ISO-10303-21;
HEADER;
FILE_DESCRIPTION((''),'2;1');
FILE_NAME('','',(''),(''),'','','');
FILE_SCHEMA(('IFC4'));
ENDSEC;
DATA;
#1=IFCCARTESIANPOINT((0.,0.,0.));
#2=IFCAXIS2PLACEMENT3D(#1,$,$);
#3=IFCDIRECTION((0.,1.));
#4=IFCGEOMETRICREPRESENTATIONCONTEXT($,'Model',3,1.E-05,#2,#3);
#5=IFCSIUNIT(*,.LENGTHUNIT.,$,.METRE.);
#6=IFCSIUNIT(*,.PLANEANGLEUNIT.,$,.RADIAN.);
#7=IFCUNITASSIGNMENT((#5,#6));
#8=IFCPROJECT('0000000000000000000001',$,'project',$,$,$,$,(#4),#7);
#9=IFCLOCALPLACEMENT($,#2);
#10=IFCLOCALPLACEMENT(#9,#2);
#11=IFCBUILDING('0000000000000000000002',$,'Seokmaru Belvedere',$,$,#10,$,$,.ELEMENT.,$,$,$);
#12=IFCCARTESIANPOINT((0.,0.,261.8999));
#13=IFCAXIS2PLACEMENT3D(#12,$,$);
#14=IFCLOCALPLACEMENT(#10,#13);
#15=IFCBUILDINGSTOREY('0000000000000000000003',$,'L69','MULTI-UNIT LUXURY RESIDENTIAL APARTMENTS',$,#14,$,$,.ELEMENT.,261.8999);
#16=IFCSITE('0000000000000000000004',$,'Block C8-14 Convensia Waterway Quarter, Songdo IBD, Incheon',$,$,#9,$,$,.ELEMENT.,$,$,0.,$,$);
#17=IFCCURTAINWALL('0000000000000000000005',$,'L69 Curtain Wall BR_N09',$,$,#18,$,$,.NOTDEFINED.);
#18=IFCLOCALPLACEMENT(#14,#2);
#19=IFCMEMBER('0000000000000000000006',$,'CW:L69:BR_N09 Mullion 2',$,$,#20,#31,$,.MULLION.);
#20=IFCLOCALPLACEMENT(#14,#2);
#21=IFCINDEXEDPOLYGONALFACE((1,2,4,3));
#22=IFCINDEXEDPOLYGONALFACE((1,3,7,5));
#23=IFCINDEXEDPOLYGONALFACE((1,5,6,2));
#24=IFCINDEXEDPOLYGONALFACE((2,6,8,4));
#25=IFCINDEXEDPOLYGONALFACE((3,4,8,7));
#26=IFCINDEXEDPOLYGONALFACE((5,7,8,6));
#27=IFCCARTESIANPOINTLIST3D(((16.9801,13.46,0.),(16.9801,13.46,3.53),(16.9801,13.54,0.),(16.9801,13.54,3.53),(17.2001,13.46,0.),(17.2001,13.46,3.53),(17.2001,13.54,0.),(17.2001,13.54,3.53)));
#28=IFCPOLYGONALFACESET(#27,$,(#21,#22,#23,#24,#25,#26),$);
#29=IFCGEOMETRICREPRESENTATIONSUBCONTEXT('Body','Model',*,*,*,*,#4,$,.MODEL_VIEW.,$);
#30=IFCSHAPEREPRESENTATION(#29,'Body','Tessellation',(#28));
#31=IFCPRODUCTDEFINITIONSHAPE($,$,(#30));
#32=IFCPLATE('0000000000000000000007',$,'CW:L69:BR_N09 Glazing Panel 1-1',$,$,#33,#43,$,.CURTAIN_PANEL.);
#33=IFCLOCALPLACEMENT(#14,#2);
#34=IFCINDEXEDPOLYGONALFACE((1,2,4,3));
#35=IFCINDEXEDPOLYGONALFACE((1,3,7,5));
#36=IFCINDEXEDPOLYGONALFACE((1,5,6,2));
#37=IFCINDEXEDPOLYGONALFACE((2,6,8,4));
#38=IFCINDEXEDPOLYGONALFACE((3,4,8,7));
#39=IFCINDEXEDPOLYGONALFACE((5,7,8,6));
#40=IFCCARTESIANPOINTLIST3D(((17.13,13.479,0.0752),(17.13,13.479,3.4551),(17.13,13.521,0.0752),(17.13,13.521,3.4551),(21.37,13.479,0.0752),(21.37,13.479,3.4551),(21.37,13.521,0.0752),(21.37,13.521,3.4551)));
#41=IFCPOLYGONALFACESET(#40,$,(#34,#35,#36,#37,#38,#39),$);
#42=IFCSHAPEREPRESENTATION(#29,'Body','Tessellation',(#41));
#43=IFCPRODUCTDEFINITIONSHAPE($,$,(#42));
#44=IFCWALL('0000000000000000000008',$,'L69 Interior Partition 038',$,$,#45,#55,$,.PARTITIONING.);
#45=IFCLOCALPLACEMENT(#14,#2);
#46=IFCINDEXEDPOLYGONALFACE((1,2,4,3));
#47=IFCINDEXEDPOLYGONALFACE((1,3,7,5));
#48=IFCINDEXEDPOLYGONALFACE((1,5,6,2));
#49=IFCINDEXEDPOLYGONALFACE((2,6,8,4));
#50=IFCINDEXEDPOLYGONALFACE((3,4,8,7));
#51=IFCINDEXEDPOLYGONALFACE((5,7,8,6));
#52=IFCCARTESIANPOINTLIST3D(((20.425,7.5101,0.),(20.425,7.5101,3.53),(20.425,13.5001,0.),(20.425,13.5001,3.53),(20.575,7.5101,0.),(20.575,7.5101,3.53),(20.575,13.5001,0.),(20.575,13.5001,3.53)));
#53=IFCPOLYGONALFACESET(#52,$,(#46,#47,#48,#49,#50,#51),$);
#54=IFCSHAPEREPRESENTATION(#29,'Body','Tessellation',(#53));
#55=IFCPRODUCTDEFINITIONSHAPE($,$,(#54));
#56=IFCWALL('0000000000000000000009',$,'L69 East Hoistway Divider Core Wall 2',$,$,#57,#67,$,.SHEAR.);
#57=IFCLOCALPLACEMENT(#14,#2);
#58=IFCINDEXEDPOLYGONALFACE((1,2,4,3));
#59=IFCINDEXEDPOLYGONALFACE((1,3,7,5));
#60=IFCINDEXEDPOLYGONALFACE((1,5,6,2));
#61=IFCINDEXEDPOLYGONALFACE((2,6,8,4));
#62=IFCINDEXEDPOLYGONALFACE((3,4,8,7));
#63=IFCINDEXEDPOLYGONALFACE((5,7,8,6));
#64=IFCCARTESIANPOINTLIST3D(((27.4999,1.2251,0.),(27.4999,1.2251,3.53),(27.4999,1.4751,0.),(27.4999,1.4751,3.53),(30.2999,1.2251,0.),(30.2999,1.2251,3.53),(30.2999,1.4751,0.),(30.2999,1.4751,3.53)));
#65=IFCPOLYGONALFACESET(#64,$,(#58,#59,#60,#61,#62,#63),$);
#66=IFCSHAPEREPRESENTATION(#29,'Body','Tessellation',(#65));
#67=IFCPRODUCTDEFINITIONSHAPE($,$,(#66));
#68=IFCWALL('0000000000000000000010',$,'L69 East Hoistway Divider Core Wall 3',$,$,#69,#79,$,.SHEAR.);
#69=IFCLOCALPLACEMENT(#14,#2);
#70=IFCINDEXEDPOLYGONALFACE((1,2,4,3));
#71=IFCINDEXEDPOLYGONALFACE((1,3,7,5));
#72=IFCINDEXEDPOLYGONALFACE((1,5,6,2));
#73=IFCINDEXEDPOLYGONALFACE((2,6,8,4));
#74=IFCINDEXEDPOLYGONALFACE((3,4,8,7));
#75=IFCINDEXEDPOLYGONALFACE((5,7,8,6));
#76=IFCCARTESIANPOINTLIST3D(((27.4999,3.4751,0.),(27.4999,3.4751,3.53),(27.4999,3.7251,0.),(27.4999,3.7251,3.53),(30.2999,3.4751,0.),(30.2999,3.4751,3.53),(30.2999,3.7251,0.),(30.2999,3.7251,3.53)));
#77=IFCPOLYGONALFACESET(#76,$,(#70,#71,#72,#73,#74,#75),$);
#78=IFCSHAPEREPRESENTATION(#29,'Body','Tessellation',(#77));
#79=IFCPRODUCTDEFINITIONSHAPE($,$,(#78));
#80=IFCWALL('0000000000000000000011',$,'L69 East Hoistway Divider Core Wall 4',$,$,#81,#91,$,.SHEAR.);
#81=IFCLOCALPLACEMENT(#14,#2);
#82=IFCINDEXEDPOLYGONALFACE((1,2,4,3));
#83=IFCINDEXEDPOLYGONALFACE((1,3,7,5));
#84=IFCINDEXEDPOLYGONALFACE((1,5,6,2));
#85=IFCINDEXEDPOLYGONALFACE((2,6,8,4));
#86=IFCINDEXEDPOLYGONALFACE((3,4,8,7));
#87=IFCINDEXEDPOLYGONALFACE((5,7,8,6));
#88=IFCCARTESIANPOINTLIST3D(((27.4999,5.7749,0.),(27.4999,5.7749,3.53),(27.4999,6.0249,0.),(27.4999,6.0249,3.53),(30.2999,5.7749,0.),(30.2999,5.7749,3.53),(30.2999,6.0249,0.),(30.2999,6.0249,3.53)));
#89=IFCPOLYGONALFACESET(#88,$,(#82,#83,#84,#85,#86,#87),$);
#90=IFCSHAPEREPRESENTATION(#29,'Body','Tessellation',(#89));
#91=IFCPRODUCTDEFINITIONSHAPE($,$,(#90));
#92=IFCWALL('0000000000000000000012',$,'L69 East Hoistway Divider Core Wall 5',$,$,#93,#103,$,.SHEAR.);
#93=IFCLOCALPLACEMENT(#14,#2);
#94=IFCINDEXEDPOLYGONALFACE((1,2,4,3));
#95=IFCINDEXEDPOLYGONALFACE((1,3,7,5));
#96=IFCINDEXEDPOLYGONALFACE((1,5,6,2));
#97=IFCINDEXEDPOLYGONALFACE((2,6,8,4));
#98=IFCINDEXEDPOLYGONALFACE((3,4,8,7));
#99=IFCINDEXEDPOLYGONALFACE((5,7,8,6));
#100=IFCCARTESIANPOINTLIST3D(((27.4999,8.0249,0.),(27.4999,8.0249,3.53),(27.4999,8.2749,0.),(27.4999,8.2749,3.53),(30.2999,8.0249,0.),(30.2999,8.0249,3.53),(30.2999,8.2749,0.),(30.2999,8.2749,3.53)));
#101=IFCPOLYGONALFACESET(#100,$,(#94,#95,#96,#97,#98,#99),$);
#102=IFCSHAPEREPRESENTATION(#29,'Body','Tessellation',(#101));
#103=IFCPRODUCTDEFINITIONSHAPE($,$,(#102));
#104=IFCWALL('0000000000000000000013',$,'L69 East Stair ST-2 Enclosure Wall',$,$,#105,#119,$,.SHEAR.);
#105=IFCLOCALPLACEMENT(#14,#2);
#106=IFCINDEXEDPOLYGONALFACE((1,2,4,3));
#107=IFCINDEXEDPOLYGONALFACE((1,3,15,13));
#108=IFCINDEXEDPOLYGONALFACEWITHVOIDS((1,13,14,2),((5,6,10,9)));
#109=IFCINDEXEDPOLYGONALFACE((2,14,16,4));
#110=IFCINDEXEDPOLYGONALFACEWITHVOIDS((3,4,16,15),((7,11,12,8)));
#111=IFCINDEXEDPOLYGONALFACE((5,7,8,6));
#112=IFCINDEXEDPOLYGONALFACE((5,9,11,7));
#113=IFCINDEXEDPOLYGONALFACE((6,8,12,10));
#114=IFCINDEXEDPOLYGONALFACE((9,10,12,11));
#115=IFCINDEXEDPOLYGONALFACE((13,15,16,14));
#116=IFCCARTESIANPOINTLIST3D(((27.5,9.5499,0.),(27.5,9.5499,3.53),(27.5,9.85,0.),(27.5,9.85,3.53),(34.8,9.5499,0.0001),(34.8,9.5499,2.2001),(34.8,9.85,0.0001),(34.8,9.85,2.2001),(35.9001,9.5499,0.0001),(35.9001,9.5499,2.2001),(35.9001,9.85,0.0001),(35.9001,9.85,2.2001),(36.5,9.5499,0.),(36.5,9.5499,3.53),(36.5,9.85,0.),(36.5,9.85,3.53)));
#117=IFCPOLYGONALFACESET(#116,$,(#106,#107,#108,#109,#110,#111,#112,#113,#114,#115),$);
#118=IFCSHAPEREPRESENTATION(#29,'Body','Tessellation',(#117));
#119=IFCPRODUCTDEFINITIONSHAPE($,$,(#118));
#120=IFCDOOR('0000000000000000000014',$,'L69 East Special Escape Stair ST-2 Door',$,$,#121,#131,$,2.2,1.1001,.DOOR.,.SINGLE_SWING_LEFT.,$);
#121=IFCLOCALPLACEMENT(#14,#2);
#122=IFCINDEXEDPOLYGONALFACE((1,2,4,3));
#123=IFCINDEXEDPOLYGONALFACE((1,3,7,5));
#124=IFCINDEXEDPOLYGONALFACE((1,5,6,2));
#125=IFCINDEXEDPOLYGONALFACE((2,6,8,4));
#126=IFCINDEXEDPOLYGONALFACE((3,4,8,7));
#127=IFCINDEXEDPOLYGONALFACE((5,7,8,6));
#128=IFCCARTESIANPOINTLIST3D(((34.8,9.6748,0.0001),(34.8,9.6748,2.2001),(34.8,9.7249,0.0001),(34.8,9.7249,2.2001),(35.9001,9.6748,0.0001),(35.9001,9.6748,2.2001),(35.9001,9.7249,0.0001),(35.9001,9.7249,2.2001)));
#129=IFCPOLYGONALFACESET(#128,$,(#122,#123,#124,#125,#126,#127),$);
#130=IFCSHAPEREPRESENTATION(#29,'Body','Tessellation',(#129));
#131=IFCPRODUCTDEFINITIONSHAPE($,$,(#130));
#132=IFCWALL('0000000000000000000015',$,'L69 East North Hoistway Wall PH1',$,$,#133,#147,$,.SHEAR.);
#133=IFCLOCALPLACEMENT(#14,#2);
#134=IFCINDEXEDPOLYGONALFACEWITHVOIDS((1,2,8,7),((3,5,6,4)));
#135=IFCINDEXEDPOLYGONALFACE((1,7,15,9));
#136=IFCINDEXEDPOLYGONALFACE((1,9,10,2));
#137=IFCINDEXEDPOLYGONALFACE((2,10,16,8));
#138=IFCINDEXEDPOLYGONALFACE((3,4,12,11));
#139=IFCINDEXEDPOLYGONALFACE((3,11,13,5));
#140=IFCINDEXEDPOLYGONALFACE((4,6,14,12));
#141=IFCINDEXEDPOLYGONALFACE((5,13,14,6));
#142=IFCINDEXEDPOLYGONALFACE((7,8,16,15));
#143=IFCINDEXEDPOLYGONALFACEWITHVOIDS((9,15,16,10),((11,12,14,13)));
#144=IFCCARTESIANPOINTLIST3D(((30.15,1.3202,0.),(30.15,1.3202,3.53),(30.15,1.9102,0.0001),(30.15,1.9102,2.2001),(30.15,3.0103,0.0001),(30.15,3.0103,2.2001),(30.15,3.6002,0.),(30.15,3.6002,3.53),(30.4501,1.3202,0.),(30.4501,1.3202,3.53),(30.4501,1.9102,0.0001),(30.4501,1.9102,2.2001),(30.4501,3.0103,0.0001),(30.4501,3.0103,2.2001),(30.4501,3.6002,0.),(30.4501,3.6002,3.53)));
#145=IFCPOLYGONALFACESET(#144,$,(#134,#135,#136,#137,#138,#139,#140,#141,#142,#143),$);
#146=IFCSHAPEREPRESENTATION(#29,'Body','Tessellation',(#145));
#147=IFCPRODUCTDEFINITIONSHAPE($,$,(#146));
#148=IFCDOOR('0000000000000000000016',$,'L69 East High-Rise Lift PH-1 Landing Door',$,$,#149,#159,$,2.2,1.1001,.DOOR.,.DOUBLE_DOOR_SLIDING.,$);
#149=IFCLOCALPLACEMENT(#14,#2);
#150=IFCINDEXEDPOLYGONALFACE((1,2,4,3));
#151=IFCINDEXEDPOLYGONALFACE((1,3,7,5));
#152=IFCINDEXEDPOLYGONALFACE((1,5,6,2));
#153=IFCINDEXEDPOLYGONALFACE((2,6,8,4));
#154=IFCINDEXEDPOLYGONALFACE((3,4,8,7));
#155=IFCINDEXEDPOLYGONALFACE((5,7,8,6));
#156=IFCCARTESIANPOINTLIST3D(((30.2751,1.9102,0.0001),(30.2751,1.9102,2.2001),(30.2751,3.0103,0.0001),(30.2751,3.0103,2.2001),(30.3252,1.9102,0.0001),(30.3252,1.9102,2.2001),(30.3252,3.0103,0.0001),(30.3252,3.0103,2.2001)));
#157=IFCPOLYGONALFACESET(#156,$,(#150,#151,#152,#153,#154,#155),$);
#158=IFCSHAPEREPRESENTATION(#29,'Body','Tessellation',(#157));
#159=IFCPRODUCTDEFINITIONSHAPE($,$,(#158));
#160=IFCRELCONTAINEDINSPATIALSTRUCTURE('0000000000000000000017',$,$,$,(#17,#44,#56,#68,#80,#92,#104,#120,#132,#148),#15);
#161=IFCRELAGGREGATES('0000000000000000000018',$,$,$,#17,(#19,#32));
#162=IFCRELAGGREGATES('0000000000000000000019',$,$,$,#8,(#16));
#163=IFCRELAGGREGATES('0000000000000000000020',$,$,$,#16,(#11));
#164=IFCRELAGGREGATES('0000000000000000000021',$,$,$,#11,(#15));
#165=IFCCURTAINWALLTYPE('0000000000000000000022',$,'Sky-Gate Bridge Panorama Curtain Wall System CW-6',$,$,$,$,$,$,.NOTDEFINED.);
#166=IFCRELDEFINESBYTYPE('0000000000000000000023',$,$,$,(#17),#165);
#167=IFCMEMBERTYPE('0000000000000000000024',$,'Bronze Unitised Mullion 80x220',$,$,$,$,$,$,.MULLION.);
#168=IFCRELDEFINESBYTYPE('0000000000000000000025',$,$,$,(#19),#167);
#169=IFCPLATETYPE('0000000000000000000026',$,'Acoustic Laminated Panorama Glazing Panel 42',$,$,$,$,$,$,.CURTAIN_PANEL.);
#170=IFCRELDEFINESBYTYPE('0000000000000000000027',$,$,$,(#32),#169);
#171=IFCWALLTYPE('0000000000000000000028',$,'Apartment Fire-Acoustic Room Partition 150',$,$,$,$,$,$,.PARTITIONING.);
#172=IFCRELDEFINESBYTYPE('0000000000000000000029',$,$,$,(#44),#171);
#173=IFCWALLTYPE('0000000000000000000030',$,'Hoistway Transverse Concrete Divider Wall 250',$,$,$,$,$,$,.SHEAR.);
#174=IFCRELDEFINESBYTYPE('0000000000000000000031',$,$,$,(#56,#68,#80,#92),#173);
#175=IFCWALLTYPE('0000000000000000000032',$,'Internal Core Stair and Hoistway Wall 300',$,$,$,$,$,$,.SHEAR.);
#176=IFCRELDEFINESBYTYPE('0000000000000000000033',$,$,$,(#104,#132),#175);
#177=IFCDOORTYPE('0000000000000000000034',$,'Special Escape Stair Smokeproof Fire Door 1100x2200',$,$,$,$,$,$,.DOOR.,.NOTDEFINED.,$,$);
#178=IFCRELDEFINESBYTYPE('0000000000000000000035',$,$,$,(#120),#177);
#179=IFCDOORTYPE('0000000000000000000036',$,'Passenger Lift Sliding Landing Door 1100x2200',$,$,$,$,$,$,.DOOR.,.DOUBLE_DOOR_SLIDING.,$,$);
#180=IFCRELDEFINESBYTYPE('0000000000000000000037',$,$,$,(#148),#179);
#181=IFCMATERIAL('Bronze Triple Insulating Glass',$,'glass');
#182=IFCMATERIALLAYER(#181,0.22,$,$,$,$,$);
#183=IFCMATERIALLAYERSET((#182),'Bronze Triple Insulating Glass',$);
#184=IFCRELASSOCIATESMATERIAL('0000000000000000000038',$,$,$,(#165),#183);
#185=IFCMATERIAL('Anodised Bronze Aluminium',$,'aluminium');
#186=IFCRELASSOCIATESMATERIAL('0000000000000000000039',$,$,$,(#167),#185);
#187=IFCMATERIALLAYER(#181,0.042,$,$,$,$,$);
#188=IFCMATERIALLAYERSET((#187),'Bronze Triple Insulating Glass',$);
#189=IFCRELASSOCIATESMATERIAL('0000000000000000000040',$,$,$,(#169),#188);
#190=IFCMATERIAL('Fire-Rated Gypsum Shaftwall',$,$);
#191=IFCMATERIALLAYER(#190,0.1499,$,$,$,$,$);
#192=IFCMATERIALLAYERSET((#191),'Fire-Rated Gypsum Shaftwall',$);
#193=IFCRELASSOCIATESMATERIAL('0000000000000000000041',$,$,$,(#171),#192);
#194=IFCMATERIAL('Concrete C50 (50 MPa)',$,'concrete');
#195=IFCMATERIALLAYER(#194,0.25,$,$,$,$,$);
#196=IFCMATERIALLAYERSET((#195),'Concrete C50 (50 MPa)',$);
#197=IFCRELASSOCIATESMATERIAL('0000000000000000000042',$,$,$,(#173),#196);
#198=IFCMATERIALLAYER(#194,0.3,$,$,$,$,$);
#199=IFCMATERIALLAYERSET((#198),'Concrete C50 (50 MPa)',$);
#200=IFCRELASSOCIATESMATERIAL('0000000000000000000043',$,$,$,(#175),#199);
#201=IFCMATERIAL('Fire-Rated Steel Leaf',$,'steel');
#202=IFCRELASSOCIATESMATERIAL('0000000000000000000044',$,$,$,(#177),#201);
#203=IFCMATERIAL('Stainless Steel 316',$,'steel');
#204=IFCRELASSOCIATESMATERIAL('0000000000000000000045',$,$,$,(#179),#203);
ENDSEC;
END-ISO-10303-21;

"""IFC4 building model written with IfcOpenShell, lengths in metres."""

from ifc_helpers import new_model, si_unit, direction, frame, frame_2d, origin, origin_2d, place, context, subcontext, project, spatial, rectangle, extrude, source, transform, mapped, material, layer, layer_set, material_profile, profile_set, type_object, type_shapes, element, fill, aggregate, save


model = new_model("IFC4")

# Units and contexts
model_context = context("Model", 3, precision=1e-05, world=origin(), true_north=direction((0.0, 1.0)))
body_context = subcontext(model_context, "Body", "Model", "MODEL_VIEW")
ifc_project = project(units=[si_unit("LENGTHUNIT", "METRE"), si_unit("PLANEANGLEUNIT", "RADIAN")], contexts=[model_context])

# Site, building, storey
site_placement = place(None, origin())
site = spatial("IfcSite", under=ifc_project, at=site_placement, Name="Block C8-14 Convensia Waterway Quarter, Songdo IBD, Incheon", CompositionType="ELEMENT", RefElevation=0.0)
building_placement = place(site_placement, origin())
building = spatial("IfcBuilding", under=site, at=building_placement, Name="Seokmaru Belvedere", CompositionType="ELEMENT")
storey_placement = place(building_placement, frame((0.0, 0.0, 261.8999)))
storey = spatial("IfcBuildingStorey", under=building, at=storey_placement, Name="L69", Description="MULTI-UNIT LUXURY RESIDENTIAL APARTMENTS", CompositionType="ELEMENT", Elevation=261.8999)

# Curtain wall, member, plate
ifc_material_1 = material(Name="Bronze Triple Insulating Glass", Category="glass")
ifc_layer_1 = layer(ifc_material_1, 0.22)
ifc_layer_set_1 = layer_set([ifc_layer_1], Name="Bronze Triple Insulating Glass")
curtain_wall_type = type_object("IfcCurtainWallType", Name="Sky-Gate Bridge Panorama Curtain Wall System CW-6", PredefinedType="NOTDEFINED", material=ifc_layer_set_1)
curtain_wall_placement = place(storey_placement, origin())
curtain_wall = element("IfcCurtainWall", 1, at=curtain_wall_placement, inside=storey, type_object=curtain_wall_type, Name="L69 Curtain Wall BR_N09", PredefinedType="NOTDEFINED")
ifc_material_2 = material(Name="Anodised Bronze Aluminium", Category="aluminium")
ifc_material_profile_1 = material_profile(ifc_material_2, rectangle(XDim=0.0801, YDim=0.22, at=origin_2d()), Name="CW-M-80x220")
ifc_profile_set_1 = profile_set([ifc_material_profile_1], Name="Anodised Bronze Aluminium")
member_type_1 = type_object("IfcMemberType", Name="Bronze Unitised Mullion 80x220", PredefinedType="MULLION", material=ifc_profile_set_1)
shared_shape_1 = source(origin(), body_context, "Body", "SweptSolid", [
    extrude(rectangle(XDim=0.0801, YDim=0.22, at=origin_2d()), origin(), (0.0, 0.0, 1.0), 3.53),
])
type_shapes(member_type_1, [shared_shape_1])
member_1_placement = place(storey_placement, frame((17.0901, 13.5, 0.0), z_axis=(0.0, 0.0, 1.0), x_axis=(0.0, -1.0, 0.0)))
member_1 = element("IfcMember", 2, at=member_1_placement, type_object=member_type_1, Name="CW:L69:BR_N09 Mullion 2", PredefinedType="MULLION", context=body_context, shape_type="MappedRepresentation", body=[
    mapped(shared_shape_1, transform((0.0, 0.0, 0.0), scale=1.0)),
])
ifc_layer_2 = layer(ifc_material_1, 0.042)
ifc_layer_set_2 = layer_set([ifc_layer_2], Name="Bronze Triple Insulating Glass")
plate_type = type_object("IfcPlateType", Name="Acoustic Laminated Panorama Glazing Panel 42", PredefinedType="CURTAIN_PANEL", material=ifc_layer_set_2)
shared_shape_2 = source(origin(), body_context, "Body", "SweptSolid", [
    extrude(rectangle(XDim=4.24, YDim=0.042, at=origin_2d()), origin(), (0.0, 0.0, 1.0), 3.3799),
])
type_shapes(plate_type, [shared_shape_2])
plate_placement = place(storey_placement, frame((19.25, 13.5, 0.0752), z_axis=(0.0, 0.0, 1.0), x_axis=(-1.0, 0.0, 0.0)))
plate = element("IfcPlate", 3, at=plate_placement, type_object=plate_type, Name="CW:L69:BR_N09 Glazing Panel 1-1", PredefinedType="CURTAIN_PANEL", context=body_context, shape_type="MappedRepresentation", body=[
    mapped(shared_shape_2, transform((0.0, 0.0, 0.0), scale=1.0)),
])
aggregate(curtain_wall, [member_1, plate])

# Walls
ifc_material_3 = material(Name="Fire-Rated Gypsum Shaftwall")
ifc_layer_3 = layer(ifc_material_3, 0.1499)
ifc_layer_set_3 = layer_set([ifc_layer_3], Name="Fire-Rated Gypsum Shaftwall")
wall_type_1 = type_object("IfcWallType", Name="Apartment Fire-Acoustic Room Partition 150", PredefinedType="PARTITIONING", material=ifc_layer_set_3)
wall_1_placement = place(storey_placement, frame((20.5, 7.51, 0.0), z_axis=(0.0, 0.0, 1.0), x_axis=(0.0, 1.0, 0.0)))
element("IfcWall", 4, at=wall_1_placement, inside=storey, type_object=wall_type_1, Name="L69 Interior Partition 038", PredefinedType="PARTITIONING", context=body_context, shape_type="SweptSolid", body=[
    extrude(rectangle(XDim=5.99, YDim=0.1499, at=frame_2d((2.9951, 0.0))), origin(), (0.0, 0.0, 1.0), 3.53),
])
ifc_material_4 = material(Name="Concrete C50 (50 MPa)", Category="concrete")
ifc_layer_4 = layer(ifc_material_4, 0.25)
ifc_layer_set_4 = layer_set([ifc_layer_4], Name="Concrete C50 (50 MPa)")
wall_type_2 = type_object("IfcWallType", Name="Hoistway Transverse Concrete Divider Wall 250", PredefinedType="SHEAR", material=ifc_layer_set_4)
for number, where, z_axis, x_axis, name in (
    (5, (27.5, 1.3501, 0.0), (0.0, 0.0, 1.0), (1.0, 0.0, 0.0), "L69 East Hoistway Divider Core Wall 2"),
    (6, (27.5, 3.6001, 0.0), (0.0, 0.0, 1.0), (1.0, 0.0, 0.0), "L69 East Hoistway Divider Core Wall 3"),
    (7, (27.5, 5.8999, 0.0), (0.0, 0.0, 1.0), (1.0, 0.0, 0.0), "L69 East Hoistway Divider Core Wall 4"),
    (8, (27.5, 8.1499, 0.0), (0.0, 0.0, 1.0), (1.0, 0.0, 0.0), "L69 East Hoistway Divider Core Wall 5"),
):
    element("IfcWall", number, at=place(storey_placement, frame(where, z_axis=z_axis, x_axis=x_axis)), inside=storey, type_object=wall_type_2, Name=name, PredefinedType="SHEAR", context=body_context, shape_type="SweptSolid", body=[
        extrude(rectangle(XDim=2.8, YDim=0.25, at=frame_2d((1.3999, 0.0))), origin(), (0.0, 0.0, 1.0), 3.53),
    ])

# Walls, openings, doors
ifc_layer_5 = layer(ifc_material_4, 0.3)
ifc_layer_set_5 = layer_set([ifc_layer_5], Name="Concrete C50 (50 MPa)")
wall_type_3 = type_object("IfcWallType", Name="Internal Core Stair and Hoistway Wall 300", PredefinedType="SHEAR", material=ifc_layer_set_5)
wall_2_placement = place(storey_placement, frame((27.5, 9.7, 0.0), z_axis=(0.0, 0.0, 1.0), x_axis=(1.0, 0.0, 0.0)))
wall_2 = element("IfcWall", 9, at=wall_2_placement, inside=storey, type_object=wall_type_3, Name="L69 East Stair ST-2 Enclosure Wall", PredefinedType="SHEAR", context=body_context, shape_type="SweptSolid", body=[
    extrude(rectangle(XDim=9.0, YDim=0.3, at=frame_2d((4.5, 0.0))), origin(), (0.0, 0.0, 1.0), 3.53),
])
opening_1_placement = place(wall_2_placement, frame((7.3, 0.0, 0.0)))
opening_1 = element("IfcOpeningElement", 10, at=opening_1_placement, cuts=wall_2, PredefinedType="OPENING", context=body_context, shape_type="SweptSolid", body=[
    extrude(rectangle(XDim=1.1001, YDim=2.2, at=frame_2d((0.55, 1.1001))), frame((0.0, 0.1602, 0.0), z_axis=(0.0, -1.0, 0.0), x_axis=(1.0, 0.0, 0.0)), (0.0, 0.0, 1.0), 0.3201),
])
ifc_material_5 = material(Name="Fire-Rated Steel Leaf", Category="steel")
door_type_1 = type_object("IfcDoorType", Name="Special Escape Stair Smokeproof Fire Door 1100x2200", OperationType="NOTDEFINED", PredefinedType="DOOR", material=ifc_material_5)
shared_shape_3 = source(origin(), body_context, "Body", "SweptSolid", [
    extrude(rectangle(XDim=1.1001, YDim=2.2, at=frame_2d((0.55, 1.1001))), frame((0.0, 0.0249, 0.0), z_axis=(0.0, -1.0, 0.0), x_axis=(1.0, 0.0, 0.0)), (0.0, 0.0, 1.0), 0.05),
])
type_shapes(door_type_1, [shared_shape_3])
door_1_placement = place(opening_1_placement, origin())
door_1 = element("IfcDoor", 11, at=door_1_placement, inside=storey, type_object=door_type_1, Name="L69 East Special Escape Stair ST-2 Door", OperationType="SINGLE_SWING_LEFT", OverallHeight=2.2, OverallWidth=1.1001, PredefinedType="DOOR", context=body_context, shape_type="MappedRepresentation", body=[
    mapped(shared_shape_3, transform((0.0, 0.0, 0.0), scale=1.0)),
])
fill(opening_1, door_1)
wall_3_placement = place(storey_placement, frame((30.3, 1.3201, 0.0), z_axis=(0.0, 0.0, 1.0), x_axis=(0.0, 1.0, 0.0)))
wall_3 = element("IfcWall", 12, at=wall_3_placement, inside=storey, type_object=wall_type_3, Name="L69 East North Hoistway Wall PH1", PredefinedType="SHEAR", context=body_context, shape_type="SweptSolid", body=[
    extrude(rectangle(XDim=2.28, YDim=0.3, at=frame_2d((1.1401, 0.0))), origin(), (0.0, 0.0, 1.0), 3.53),
])
opening_2_placement = place(wall_3_placement, frame((0.5901, 0.0, 0.0)))
opening_2 = element("IfcOpeningElement", 13, at=opening_2_placement, cuts=wall_3, PredefinedType="OPENING", context=body_context, shape_type="SweptSolid", body=[
    extrude(rectangle(XDim=1.1001, YDim=2.2, at=frame_2d((0.55, 1.1001))), frame((0.0, 0.1602, 0.0), z_axis=(0.0, -1.0, 0.0), x_axis=(1.0, 0.0, 0.0)), (0.0, 0.0, 1.0), 0.3201),
])
ifc_material_6 = material(Name="Stainless Steel 316", Category="steel")
door_type_2 = type_object("IfcDoorType", Name="Passenger Lift Sliding Landing Door 1100x2200", OperationType="DOUBLE_DOOR_SLIDING", PredefinedType="DOOR", material=ifc_material_6)
shared_shape_4 = source(origin(), body_context, "Body", "SweptSolid", [
    extrude(rectangle(XDim=1.1001, YDim=2.2, at=frame_2d((0.55, 1.1001))), frame((0.0, 0.0249, 0.0), z_axis=(0.0, -1.0, 0.0), x_axis=(1.0, 0.0, 0.0)), (0.0, 0.0, 1.0), 0.05),
])
type_shapes(door_type_2, [shared_shape_4])
door_2_placement = place(opening_2_placement, origin())
door_2 = element("IfcDoor", 14, at=door_2_placement, inside=storey, type_object=door_type_2, Name="L69 East High-Rise Lift PH-1 Landing Door", OperationType="DOUBLE_DOOR_SLIDING", OverallHeight=2.2, OverallWidth=1.1001, PredefinedType="DOOR", context=body_context, shape_type="MappedRepresentation", body=[
    mapped(shared_shape_4, transform((0.0, 0.0, 0.0), scale=1.0)),
])
fill(opening_2, door_2)

save(model, "model.ifc")
